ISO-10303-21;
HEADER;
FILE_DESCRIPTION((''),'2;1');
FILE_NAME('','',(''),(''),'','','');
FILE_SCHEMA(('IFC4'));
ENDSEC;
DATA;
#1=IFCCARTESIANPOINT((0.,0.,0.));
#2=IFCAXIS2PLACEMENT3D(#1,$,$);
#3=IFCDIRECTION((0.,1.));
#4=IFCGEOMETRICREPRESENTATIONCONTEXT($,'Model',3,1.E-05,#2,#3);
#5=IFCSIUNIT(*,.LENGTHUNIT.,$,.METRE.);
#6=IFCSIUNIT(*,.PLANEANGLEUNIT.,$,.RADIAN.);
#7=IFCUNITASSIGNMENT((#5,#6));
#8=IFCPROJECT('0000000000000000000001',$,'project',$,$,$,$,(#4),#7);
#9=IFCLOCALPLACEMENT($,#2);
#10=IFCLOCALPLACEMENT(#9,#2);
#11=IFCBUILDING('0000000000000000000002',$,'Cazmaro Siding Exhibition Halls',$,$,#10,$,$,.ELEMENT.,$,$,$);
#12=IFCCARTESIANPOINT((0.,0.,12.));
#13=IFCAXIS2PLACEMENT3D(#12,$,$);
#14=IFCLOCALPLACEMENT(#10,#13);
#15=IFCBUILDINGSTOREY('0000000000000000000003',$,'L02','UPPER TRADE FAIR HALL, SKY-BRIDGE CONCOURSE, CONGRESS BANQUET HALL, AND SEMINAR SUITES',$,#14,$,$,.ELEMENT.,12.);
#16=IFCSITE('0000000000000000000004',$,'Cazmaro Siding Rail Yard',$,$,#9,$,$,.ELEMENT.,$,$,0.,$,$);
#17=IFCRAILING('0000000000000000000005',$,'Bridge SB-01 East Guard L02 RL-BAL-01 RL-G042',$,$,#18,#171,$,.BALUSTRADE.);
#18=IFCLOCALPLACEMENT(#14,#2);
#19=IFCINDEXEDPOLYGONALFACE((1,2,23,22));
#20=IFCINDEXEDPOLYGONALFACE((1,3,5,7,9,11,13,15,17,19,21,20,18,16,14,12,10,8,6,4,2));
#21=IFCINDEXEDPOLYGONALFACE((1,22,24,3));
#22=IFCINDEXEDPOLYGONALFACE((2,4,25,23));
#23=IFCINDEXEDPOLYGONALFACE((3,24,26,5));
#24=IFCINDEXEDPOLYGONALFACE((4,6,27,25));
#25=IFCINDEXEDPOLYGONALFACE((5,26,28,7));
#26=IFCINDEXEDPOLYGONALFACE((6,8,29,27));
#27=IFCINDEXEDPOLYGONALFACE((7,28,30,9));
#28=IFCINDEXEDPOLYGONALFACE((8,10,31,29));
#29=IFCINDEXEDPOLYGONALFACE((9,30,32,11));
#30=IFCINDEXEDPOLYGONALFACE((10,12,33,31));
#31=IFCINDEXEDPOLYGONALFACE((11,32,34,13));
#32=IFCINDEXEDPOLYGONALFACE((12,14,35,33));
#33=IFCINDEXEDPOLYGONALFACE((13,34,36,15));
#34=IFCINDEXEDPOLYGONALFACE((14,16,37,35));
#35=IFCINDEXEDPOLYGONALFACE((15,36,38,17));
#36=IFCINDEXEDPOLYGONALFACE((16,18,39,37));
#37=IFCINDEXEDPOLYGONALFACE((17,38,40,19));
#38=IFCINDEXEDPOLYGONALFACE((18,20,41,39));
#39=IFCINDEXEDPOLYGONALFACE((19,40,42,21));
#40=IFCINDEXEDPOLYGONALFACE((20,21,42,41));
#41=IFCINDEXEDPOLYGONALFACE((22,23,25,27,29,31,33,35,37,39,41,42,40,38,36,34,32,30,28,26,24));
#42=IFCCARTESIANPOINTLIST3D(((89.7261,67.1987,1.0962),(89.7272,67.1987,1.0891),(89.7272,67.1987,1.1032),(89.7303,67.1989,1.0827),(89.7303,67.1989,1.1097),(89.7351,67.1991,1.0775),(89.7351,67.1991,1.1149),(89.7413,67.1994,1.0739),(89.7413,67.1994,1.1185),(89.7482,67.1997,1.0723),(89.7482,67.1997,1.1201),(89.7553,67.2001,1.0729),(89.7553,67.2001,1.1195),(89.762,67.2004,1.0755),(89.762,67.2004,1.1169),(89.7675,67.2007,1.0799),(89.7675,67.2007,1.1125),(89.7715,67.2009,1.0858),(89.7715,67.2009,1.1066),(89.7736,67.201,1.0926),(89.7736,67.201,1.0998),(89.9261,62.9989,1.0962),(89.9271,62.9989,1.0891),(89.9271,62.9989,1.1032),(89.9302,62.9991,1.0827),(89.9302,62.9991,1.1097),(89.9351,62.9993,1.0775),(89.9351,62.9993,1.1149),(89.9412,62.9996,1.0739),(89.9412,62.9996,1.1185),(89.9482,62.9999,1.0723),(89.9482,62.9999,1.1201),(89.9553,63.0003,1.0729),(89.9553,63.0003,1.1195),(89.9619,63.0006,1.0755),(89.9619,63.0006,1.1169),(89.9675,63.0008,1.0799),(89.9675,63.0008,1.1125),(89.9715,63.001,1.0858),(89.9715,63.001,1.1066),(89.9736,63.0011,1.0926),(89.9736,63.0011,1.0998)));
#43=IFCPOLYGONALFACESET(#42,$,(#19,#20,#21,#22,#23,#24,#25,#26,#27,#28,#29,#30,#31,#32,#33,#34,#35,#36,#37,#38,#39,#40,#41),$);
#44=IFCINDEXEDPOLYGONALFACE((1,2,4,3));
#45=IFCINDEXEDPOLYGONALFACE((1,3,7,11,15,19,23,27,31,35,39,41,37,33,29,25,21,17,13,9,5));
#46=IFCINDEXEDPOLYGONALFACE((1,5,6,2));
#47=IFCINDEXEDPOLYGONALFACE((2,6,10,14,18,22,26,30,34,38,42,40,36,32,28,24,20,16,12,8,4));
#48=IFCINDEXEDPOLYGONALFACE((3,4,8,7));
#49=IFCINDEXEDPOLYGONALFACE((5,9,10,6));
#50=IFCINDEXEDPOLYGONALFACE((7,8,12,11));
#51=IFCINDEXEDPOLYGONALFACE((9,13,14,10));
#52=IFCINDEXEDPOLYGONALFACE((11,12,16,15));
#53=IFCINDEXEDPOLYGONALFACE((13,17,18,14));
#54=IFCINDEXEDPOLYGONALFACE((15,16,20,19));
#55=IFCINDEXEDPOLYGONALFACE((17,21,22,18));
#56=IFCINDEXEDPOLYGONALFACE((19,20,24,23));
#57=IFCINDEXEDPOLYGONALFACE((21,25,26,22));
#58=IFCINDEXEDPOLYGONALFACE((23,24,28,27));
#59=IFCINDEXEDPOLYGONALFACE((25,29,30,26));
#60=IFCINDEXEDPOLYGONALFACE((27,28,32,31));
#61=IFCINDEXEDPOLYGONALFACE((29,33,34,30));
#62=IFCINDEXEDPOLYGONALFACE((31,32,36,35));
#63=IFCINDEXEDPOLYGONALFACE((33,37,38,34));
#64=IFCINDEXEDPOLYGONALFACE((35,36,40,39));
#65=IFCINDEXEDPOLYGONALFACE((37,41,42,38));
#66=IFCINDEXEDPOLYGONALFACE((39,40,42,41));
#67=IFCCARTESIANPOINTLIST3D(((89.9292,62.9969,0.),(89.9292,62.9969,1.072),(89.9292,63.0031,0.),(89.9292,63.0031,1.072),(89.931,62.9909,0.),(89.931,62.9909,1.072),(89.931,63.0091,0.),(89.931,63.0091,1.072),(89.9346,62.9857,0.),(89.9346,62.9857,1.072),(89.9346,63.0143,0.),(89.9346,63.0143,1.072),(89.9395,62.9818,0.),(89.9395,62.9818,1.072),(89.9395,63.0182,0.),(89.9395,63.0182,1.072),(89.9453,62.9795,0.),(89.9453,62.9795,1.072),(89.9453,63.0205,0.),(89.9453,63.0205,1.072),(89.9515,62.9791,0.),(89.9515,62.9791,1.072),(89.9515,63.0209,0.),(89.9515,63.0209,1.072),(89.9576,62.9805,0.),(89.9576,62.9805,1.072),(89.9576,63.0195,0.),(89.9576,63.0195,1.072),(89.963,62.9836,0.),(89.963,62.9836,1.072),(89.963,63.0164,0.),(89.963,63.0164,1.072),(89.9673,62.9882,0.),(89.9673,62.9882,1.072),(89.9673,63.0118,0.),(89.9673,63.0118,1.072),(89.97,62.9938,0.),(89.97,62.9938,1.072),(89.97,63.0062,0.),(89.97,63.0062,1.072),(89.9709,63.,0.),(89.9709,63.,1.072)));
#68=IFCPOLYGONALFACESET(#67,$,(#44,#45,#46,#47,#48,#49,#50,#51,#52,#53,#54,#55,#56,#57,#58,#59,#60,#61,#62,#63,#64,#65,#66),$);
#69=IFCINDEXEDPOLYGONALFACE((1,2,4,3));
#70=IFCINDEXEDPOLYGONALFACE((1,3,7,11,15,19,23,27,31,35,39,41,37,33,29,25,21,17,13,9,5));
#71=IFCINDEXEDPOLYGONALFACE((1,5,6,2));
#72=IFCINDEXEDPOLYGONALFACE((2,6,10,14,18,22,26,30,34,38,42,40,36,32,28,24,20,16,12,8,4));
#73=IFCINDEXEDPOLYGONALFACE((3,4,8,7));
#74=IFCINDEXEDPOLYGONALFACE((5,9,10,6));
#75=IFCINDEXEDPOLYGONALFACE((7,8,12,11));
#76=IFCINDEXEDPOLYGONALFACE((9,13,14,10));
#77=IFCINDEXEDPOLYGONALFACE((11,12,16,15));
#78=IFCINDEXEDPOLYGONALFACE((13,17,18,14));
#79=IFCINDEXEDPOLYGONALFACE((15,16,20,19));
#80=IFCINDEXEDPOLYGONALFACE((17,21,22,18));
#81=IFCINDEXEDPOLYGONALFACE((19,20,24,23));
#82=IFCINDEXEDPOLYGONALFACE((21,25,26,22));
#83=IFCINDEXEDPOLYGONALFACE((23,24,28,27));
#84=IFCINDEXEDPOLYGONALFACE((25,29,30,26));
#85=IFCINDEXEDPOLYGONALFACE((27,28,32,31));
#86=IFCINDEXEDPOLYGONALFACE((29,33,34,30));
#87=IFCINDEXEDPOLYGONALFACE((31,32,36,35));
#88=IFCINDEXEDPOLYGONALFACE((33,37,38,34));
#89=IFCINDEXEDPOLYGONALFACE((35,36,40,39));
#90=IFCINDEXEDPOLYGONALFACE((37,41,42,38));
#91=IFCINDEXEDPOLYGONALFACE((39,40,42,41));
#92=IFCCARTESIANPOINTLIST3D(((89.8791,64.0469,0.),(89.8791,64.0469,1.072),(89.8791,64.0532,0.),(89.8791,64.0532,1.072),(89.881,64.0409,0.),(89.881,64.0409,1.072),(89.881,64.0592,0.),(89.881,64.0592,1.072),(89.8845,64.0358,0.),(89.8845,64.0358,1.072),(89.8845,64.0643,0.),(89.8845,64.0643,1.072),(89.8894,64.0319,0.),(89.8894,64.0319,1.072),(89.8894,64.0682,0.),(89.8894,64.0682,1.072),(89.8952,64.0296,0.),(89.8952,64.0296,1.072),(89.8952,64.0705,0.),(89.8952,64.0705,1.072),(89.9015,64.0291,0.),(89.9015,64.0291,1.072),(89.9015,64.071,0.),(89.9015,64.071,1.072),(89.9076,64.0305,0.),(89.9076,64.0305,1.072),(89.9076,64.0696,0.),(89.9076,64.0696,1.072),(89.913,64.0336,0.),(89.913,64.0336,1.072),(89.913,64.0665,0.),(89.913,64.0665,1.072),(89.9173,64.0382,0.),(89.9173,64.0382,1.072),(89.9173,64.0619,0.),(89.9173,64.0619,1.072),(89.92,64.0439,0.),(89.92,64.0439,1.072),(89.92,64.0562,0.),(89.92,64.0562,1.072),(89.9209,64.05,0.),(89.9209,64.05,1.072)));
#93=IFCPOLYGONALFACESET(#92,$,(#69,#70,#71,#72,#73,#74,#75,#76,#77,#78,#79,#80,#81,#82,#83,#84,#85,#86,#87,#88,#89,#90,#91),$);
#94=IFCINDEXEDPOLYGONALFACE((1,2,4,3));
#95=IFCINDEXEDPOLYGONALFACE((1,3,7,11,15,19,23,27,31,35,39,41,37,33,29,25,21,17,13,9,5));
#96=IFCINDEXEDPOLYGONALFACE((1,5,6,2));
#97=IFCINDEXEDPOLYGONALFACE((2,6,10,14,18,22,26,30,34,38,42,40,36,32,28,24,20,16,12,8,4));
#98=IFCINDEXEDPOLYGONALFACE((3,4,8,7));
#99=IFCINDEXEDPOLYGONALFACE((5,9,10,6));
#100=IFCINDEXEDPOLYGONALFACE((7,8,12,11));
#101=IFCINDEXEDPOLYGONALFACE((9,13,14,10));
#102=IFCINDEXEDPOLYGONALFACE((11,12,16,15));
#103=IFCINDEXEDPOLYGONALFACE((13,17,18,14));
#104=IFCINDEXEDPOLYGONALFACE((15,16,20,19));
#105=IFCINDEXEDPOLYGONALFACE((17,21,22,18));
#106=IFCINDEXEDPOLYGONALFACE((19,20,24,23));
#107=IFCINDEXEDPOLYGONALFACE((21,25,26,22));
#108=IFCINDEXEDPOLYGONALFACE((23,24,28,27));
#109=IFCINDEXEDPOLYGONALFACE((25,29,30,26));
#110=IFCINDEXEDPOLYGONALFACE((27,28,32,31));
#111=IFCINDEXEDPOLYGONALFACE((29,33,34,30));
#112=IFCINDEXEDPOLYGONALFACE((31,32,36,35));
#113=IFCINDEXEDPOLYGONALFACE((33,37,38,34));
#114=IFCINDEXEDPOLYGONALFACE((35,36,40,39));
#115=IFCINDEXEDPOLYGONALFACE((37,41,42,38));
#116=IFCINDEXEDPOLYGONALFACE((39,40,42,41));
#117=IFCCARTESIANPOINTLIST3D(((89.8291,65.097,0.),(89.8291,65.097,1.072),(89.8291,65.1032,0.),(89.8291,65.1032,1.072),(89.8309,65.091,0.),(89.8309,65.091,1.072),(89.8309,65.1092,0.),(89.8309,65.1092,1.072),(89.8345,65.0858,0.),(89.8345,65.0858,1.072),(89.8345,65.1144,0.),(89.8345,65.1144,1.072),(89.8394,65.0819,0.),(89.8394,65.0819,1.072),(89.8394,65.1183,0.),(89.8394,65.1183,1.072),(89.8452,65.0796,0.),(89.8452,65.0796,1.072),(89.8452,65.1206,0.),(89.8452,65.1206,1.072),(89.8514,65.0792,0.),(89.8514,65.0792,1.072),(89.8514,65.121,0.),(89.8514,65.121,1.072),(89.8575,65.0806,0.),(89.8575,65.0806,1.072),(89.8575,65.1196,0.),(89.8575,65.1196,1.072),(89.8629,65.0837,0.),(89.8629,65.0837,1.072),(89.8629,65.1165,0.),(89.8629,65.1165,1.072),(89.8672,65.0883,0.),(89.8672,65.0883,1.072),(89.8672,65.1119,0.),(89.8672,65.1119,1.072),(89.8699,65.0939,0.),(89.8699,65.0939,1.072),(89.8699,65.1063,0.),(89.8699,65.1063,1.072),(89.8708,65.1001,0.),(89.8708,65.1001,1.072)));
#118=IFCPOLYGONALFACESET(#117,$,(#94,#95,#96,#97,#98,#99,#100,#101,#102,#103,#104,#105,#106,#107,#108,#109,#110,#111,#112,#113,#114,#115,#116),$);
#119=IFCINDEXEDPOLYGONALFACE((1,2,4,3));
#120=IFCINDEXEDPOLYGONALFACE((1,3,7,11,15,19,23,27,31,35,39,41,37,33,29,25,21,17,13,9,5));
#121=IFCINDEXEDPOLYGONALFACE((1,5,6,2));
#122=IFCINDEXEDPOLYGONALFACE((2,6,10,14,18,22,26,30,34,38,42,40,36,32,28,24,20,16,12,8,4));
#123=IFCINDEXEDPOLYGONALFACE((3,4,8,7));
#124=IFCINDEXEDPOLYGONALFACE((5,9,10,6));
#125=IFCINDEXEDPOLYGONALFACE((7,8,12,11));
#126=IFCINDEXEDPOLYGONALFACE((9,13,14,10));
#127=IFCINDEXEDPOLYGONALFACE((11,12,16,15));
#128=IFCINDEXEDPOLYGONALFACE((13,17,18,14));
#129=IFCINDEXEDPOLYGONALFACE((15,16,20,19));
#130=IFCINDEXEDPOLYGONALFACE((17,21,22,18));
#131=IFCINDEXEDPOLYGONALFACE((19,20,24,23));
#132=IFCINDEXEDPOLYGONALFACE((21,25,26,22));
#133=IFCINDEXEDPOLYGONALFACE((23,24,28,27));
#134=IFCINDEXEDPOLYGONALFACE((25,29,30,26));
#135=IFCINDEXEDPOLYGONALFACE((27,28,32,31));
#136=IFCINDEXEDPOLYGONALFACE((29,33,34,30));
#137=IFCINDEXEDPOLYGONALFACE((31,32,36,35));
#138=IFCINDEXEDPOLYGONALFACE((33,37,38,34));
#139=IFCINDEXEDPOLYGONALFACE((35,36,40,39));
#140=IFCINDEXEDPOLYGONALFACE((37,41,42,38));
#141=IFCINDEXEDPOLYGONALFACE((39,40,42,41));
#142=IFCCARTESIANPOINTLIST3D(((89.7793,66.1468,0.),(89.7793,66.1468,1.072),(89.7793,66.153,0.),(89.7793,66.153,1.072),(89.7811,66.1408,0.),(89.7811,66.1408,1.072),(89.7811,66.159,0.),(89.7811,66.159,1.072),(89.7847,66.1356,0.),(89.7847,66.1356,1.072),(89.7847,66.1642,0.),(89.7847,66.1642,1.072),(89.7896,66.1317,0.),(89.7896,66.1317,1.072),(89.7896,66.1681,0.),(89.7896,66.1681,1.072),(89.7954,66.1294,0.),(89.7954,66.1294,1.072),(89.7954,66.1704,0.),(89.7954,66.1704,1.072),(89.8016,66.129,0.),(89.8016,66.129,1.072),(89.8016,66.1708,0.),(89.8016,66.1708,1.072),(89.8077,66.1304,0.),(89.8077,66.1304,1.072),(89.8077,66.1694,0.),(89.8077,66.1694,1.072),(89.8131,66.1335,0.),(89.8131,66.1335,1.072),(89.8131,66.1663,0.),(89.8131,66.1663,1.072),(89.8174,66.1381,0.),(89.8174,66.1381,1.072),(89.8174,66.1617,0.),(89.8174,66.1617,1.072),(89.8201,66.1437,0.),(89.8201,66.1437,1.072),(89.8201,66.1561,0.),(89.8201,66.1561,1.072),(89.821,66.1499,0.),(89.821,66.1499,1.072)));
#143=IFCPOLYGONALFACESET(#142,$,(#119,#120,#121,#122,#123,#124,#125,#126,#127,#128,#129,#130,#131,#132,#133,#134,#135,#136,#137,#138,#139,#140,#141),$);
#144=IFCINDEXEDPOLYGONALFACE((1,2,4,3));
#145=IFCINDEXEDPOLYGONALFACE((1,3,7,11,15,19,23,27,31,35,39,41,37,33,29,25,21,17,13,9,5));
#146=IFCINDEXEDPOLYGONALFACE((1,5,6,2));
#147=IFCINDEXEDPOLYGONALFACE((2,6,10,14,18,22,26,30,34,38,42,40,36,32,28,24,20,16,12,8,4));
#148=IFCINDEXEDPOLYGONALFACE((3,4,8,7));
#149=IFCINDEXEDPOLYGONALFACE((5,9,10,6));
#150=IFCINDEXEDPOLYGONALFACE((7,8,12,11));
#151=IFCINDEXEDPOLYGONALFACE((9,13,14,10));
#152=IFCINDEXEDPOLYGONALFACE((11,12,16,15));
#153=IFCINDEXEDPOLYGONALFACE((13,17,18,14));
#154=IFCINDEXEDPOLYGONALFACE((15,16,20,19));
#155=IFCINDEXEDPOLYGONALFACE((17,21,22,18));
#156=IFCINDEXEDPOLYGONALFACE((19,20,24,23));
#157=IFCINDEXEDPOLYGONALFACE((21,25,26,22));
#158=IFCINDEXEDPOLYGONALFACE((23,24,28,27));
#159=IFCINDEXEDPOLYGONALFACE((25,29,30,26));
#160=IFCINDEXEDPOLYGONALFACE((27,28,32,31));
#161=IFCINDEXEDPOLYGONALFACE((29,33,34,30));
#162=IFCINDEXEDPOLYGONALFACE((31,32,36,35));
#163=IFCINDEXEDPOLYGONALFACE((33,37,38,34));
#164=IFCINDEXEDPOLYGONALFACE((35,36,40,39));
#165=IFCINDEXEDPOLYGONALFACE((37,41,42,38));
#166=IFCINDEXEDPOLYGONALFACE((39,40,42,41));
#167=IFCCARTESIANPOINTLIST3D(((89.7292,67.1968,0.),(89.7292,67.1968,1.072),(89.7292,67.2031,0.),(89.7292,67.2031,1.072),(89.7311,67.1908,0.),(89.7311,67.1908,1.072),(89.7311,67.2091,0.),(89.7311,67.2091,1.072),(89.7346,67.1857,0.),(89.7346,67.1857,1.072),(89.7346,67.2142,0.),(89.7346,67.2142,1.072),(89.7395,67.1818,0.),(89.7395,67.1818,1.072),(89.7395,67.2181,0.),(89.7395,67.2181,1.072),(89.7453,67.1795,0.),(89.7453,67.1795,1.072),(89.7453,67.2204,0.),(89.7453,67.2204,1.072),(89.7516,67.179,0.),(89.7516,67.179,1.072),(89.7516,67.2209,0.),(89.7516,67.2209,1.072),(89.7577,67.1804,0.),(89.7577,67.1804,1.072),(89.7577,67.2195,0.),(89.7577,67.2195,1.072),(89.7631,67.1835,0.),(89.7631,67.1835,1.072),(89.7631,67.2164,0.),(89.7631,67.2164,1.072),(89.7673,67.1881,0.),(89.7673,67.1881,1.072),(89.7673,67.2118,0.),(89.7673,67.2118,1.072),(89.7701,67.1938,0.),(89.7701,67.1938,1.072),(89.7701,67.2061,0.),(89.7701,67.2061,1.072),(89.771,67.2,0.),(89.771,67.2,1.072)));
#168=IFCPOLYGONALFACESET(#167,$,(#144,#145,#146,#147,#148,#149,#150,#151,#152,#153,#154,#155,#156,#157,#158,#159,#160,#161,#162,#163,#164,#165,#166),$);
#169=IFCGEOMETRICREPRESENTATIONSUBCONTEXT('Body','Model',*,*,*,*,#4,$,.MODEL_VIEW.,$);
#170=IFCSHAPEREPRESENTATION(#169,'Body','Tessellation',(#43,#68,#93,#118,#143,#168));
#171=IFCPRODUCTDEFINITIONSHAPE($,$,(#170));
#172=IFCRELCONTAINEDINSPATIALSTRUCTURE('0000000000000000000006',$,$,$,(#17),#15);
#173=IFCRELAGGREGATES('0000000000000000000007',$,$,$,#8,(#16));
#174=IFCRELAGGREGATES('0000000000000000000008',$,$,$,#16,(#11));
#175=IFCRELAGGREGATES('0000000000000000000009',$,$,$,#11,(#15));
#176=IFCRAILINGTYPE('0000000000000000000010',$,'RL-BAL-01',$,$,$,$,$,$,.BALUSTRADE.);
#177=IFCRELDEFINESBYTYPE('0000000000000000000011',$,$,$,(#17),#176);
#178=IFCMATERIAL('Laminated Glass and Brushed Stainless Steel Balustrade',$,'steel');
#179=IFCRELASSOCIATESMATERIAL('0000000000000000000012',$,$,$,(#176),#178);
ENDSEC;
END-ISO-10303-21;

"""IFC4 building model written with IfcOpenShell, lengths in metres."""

from ifc_helpers import new_model, si_unit, direction, frame, origin, origin_2d, place, context, subcontext, project, spatial, circle, extrude, material, type_object, element, save


model = new_model("IFC4")

# Units and contexts
model_context = context("Model", 3, precision=1e-05, world=origin(), true_north=direction((0.0, 1.0)))
body_context = subcontext(model_context, "Body", "Model", "MODEL_VIEW")
ifc_project = project(units=[si_unit("LENGTHUNIT", "METRE"), si_unit("PLANEANGLEUNIT", "RADIAN")], contexts=[model_context])

# Site, building, storey
site_placement = place(None, origin())
site = spatial("IfcSite", under=ifc_project, at=site_placement, Name="Cazmaro Siding Rail Yard", CompositionType="ELEMENT", RefElevation=0.0)
building_placement = place(site_placement, origin())
building = spatial("IfcBuilding", under=site, at=building_placement, Name="Cazmaro Siding Exhibition Halls", CompositionType="ELEMENT")
storey_placement = place(building_placement, frame((0.0, 0.0, 12.0)))
storey = spatial("IfcBuildingStorey", under=building, at=storey_placement, Name="L02", Description="UPPER TRADE FAIR HALL, SKY-BRIDGE CONCOURSE, CONGRESS BANQUET HALL, AND SEMINAR SUITES", CompositionType="ELEMENT", Elevation=12.0)

# Railing
ifc_material_1 = material(Name="Laminated Glass and Brushed Stainless Steel Balustrade", Category="steel")
railing_type_1 = type_object("IfcRailingType", Name="RL-BAL-01", PredefinedType="BALUSTRADE", material=ifc_material_1)
railing_1_placement = place(storey_placement, frame((89.95, 63.0, 0.0)))
element("IfcRailing", 1, at=railing_1_placement, inside=storey, type_object=railing_type_1, Name="Bridge SB-01 East Guard L02 RL-BAL-01 RL-G042", PredefinedType="BALUSTRADE", context=body_context, shape_type="SweptSolid", body=[
    extrude(circle(Radius=0.0239, at=origin_2d()), frame((0.0, 0.0, 1.0962), z_axis=(-0.047554, 0.998869, 0.0), x_axis=(-0.998869, -0.047554, 0.0)), (0.0, 0.0, 1.0), 4.2046),
    extrude(circle(Radius=0.021, at=origin_2d()), origin(), (0.0, 0.0, 1.0), 1.072),
    extrude(circle(Radius=0.021, at=origin_2d()), frame((-0.05, 1.05, 0.0)), (0.0, 0.0, 1.0), 1.072),
    extrude(circle(Radius=0.021, at=origin_2d()), frame((-0.1001, 2.1001, 0.0)), (0.0, 0.0, 1.0), 1.072),
    extrude(circle(Radius=0.021, at=origin_2d()), frame((-0.1499, 3.1499, 0.0)), (0.0, 0.0, 1.0), 1.072),
    extrude(circle(Radius=0.021, at=origin_2d()), frame((-0.2, 4.2, 0.0)), (0.0, 0.0, 1.0), 1.072),
])

save(model, "model.ifc")
